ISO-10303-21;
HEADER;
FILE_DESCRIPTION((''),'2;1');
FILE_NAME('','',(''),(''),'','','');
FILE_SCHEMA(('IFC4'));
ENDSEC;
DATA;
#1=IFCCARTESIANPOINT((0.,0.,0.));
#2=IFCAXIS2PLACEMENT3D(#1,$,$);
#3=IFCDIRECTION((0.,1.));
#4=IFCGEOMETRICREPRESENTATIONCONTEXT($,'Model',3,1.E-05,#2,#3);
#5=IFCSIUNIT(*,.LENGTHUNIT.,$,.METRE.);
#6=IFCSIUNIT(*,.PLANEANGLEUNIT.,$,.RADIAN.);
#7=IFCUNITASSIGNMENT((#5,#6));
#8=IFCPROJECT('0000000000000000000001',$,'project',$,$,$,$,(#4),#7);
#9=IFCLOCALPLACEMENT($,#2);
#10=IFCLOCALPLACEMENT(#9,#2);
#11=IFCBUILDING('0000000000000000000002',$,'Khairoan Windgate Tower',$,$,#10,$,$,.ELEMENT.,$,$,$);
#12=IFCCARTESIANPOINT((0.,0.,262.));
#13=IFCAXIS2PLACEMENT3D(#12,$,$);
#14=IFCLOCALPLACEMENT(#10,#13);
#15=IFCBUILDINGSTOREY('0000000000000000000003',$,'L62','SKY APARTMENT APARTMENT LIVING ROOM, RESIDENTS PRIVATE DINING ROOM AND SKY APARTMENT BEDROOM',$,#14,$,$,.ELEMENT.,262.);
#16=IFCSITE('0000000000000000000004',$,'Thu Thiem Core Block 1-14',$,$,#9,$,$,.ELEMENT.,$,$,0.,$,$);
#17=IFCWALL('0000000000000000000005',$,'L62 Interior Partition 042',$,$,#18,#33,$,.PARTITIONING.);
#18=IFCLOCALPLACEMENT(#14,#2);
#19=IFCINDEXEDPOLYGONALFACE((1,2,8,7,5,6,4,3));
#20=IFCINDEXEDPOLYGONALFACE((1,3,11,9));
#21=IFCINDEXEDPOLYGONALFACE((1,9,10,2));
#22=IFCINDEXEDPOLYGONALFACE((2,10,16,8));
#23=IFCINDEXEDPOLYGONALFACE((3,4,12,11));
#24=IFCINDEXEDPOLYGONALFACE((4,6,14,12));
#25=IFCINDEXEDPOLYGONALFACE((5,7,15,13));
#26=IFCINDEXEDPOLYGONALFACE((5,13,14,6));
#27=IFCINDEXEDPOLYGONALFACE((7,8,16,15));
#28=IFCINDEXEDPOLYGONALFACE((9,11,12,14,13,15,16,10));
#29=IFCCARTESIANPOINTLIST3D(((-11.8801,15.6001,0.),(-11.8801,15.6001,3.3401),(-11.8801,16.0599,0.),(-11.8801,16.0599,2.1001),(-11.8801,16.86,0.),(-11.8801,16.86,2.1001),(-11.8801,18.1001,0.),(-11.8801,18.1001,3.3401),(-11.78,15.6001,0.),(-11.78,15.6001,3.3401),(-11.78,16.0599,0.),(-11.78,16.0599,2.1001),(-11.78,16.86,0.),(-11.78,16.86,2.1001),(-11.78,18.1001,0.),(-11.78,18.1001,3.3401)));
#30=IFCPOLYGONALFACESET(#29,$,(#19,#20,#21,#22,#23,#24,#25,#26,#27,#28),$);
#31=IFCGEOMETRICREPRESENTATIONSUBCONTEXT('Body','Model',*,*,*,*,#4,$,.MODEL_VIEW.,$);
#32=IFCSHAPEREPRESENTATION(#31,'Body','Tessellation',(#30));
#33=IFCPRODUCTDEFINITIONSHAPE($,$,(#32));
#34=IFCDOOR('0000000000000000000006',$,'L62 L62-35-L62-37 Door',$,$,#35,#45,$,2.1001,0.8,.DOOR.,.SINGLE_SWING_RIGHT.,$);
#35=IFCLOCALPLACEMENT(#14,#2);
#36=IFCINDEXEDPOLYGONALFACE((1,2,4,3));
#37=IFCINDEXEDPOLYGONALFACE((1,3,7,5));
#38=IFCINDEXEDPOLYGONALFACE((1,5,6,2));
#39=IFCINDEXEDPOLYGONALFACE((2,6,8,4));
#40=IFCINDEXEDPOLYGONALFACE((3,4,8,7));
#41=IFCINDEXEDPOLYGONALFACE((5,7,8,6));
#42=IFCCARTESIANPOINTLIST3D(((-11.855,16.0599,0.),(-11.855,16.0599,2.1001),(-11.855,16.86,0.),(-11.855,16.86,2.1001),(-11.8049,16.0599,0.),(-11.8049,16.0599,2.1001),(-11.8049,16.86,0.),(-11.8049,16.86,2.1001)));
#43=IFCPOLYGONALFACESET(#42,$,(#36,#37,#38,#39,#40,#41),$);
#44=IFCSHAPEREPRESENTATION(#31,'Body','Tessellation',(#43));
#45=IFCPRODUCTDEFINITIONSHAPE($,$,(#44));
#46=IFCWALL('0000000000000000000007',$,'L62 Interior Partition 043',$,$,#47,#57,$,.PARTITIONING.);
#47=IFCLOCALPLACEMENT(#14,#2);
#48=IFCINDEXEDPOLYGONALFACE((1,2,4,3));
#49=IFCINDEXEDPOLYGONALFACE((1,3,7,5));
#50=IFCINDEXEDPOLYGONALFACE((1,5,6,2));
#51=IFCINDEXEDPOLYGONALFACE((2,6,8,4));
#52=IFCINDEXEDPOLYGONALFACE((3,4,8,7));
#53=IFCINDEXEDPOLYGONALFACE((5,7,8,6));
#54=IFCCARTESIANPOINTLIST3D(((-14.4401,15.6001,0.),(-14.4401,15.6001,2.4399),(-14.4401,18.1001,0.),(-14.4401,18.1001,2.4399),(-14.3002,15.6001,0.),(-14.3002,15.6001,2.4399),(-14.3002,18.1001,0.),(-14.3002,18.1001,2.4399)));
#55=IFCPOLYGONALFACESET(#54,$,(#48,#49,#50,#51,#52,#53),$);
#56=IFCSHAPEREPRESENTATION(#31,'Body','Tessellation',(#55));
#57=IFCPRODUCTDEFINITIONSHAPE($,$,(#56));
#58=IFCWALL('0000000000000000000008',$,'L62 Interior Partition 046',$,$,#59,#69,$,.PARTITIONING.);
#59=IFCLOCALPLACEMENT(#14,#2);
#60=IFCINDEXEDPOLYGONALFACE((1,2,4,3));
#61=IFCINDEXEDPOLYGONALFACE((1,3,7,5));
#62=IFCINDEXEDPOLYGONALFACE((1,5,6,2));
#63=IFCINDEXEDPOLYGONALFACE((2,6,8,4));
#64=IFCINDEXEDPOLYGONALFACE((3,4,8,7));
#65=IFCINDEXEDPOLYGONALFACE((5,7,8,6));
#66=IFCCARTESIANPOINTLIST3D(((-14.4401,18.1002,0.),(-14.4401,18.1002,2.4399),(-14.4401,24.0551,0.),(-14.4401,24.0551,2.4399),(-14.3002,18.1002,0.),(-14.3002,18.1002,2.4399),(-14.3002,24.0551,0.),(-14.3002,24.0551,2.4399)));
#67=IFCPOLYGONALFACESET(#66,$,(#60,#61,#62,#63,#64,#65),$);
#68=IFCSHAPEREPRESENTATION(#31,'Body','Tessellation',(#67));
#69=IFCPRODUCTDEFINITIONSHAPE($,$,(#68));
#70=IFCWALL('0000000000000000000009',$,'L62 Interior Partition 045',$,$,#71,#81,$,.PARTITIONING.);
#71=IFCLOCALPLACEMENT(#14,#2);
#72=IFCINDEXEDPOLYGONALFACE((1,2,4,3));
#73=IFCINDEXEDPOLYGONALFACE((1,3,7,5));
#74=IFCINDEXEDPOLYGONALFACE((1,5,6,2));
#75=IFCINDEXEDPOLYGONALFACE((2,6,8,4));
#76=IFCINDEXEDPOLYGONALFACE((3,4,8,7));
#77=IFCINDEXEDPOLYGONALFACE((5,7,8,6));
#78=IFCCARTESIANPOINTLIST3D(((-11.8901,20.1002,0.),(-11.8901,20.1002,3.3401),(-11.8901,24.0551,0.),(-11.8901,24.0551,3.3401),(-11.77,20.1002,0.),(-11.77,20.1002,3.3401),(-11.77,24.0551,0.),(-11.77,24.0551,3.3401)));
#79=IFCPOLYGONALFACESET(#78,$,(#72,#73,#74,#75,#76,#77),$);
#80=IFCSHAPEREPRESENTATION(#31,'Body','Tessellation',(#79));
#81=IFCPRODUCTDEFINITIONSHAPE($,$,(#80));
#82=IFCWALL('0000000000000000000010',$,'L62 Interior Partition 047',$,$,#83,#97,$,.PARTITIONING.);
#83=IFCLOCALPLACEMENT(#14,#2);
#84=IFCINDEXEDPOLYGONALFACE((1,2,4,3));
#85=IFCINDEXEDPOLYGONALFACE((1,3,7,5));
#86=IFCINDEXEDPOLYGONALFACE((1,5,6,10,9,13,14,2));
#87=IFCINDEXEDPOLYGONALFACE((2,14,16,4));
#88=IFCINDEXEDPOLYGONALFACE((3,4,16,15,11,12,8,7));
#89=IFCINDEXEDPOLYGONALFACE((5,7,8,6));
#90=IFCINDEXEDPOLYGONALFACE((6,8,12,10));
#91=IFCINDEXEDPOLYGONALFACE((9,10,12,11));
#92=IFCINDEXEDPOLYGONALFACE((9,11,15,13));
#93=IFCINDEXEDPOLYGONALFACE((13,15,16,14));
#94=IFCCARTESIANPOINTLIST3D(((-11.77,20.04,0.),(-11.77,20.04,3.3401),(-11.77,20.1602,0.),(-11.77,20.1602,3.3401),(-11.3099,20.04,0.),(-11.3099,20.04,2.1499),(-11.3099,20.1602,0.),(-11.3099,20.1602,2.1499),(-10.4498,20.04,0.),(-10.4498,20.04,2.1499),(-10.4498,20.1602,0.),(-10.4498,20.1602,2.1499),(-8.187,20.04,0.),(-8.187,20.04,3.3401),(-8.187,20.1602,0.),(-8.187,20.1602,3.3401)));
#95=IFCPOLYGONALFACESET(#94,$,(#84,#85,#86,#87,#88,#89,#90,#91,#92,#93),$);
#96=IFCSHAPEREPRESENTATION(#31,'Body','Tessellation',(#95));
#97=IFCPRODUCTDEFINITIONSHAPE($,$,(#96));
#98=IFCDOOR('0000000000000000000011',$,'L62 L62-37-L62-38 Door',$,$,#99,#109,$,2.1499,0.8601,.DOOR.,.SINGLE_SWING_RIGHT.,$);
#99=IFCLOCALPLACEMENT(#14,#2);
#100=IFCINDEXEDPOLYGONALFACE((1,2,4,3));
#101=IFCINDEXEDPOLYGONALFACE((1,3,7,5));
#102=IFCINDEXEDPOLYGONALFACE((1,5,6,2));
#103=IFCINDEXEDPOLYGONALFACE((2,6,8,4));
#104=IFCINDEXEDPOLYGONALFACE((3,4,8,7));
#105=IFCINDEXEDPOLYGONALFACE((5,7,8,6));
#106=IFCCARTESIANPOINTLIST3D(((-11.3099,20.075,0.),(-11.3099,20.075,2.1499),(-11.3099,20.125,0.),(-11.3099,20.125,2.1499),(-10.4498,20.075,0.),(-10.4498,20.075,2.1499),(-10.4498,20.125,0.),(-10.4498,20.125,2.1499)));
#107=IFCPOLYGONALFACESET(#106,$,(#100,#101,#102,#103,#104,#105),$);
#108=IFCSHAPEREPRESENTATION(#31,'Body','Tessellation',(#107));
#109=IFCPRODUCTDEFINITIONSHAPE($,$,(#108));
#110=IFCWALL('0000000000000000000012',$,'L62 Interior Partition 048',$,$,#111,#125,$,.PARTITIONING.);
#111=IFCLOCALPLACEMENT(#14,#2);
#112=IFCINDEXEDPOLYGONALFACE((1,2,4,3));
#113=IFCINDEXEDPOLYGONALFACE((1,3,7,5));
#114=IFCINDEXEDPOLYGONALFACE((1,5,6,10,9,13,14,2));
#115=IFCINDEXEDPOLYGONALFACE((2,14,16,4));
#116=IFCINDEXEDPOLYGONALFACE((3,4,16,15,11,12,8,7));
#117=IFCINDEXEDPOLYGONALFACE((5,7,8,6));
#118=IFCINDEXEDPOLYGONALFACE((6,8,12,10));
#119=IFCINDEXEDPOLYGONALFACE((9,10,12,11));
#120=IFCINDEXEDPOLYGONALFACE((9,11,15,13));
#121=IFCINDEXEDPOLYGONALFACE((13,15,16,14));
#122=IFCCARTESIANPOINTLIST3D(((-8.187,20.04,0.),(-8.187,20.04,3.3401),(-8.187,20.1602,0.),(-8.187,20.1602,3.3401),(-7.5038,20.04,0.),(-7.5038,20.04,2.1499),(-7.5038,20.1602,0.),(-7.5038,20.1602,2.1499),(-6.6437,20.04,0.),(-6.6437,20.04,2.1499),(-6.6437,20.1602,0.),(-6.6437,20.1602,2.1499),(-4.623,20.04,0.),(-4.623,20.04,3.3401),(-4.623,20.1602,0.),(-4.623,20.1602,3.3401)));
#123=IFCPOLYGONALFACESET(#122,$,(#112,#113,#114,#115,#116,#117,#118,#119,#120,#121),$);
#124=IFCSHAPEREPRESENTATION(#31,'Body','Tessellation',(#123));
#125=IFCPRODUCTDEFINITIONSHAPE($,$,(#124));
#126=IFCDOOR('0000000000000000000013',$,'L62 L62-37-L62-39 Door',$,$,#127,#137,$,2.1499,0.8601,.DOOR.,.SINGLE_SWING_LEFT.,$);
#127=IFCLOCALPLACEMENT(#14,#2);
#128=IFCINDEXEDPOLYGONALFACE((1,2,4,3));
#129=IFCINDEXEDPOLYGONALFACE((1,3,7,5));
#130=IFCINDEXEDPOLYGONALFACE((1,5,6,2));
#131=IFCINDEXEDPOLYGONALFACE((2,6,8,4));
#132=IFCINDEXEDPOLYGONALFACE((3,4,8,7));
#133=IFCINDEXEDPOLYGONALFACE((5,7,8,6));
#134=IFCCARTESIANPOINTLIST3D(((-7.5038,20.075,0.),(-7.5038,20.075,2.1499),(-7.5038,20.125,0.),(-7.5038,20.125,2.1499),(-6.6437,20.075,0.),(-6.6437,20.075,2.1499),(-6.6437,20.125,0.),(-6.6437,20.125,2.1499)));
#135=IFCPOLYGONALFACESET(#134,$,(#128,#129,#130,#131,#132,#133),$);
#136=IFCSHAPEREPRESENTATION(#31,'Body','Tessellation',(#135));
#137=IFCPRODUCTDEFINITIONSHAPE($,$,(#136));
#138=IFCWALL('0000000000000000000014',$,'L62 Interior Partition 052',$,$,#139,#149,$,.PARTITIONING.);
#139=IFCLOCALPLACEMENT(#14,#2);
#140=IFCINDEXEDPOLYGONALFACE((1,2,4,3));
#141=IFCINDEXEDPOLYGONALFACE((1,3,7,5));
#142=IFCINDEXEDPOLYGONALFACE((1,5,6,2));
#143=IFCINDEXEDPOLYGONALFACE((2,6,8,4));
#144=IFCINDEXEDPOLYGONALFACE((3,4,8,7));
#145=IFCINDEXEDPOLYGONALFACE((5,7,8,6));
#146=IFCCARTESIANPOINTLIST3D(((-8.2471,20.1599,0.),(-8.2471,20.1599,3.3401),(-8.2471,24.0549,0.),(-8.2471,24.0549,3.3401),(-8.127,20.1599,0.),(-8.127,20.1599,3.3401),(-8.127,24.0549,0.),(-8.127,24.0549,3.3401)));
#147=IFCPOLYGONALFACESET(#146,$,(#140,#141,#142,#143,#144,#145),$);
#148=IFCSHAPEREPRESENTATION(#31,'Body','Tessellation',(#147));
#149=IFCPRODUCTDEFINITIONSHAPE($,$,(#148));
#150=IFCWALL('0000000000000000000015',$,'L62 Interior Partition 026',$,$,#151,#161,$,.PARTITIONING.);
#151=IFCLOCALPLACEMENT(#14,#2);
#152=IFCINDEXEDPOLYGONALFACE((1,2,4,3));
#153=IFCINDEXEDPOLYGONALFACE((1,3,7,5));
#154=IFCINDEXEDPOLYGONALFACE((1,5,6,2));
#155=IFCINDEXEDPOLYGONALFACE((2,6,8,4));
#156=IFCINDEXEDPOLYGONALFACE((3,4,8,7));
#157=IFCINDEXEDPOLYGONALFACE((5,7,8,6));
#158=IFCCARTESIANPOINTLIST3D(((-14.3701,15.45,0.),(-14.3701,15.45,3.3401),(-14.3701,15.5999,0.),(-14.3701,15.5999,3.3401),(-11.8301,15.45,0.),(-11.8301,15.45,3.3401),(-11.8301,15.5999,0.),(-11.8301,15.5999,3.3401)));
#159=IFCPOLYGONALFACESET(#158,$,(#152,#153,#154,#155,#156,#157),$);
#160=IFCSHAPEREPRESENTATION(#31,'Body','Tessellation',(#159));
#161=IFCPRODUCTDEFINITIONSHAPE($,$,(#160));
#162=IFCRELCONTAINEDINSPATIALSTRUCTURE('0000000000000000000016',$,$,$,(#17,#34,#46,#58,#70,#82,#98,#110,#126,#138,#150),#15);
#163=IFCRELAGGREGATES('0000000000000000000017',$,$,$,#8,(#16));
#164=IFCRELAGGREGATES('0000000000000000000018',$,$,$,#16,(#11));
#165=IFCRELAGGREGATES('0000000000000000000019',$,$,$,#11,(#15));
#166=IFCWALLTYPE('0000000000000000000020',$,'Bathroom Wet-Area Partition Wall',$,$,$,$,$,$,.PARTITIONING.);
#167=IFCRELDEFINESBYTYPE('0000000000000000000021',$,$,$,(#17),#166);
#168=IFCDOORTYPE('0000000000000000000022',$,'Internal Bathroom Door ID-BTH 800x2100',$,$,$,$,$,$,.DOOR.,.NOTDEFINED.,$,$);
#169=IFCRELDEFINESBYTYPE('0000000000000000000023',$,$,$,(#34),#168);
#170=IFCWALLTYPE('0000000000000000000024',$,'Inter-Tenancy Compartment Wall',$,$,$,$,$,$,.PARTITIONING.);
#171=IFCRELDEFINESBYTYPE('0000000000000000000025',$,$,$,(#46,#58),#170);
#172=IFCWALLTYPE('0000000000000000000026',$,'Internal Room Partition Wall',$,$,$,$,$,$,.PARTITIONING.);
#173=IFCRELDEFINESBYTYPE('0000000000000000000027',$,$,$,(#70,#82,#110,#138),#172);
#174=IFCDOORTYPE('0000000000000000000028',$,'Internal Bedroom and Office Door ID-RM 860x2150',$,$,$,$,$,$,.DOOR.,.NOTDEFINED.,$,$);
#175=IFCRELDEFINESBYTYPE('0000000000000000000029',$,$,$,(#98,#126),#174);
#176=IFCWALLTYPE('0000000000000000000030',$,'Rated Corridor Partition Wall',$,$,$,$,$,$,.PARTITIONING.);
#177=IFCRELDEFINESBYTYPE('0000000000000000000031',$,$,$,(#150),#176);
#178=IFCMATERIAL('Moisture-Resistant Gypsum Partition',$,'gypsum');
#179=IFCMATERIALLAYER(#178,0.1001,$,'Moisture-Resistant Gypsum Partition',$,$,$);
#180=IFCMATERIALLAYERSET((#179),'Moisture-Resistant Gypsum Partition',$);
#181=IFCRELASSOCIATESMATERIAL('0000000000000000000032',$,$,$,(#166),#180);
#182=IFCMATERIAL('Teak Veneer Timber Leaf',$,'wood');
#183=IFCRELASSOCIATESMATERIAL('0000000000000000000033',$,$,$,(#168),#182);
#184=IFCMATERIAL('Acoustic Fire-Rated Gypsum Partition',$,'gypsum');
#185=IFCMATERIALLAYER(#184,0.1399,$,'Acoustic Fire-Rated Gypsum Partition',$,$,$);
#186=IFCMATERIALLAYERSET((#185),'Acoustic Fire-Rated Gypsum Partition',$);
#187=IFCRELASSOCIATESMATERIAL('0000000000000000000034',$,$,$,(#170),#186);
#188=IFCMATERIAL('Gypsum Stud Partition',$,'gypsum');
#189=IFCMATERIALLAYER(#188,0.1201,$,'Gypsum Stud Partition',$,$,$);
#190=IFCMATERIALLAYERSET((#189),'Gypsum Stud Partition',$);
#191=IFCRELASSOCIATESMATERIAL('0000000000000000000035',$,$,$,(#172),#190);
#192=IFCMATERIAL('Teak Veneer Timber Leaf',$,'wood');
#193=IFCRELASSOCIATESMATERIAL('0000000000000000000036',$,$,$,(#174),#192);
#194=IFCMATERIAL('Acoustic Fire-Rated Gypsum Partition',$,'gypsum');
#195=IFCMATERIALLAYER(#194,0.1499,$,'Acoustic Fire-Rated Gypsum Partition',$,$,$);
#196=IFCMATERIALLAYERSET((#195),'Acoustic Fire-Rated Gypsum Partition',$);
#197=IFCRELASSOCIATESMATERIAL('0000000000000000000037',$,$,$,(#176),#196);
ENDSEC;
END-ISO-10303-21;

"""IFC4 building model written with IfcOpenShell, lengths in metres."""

from ifc_helpers import new_model, si_unit, direction, frame, frame_2d, origin, place, context, subcontext, project, spatial, rectangle, extrude, material, layer, layer_set, type_object, element, fill, save


model = new_model("IFC4")

# Units and contexts
model_context = context("Model", 3, precision=1e-05, world=origin(), true_north=direction((0.0, 1.0)))
body_context = subcontext(model_context, "Body", "Model", "MODEL_VIEW")
ifc_project = project(units=[si_unit("LENGTHUNIT", "METRE"), si_unit("PLANEANGLEUNIT", "RADIAN")], contexts=[model_context])

# Site, building, storey
site_placement = place(None, origin())
site = spatial("IfcSite", under=ifc_project, at=site_placement, Name="Thu Thiem Core Block 1-14", CompositionType="ELEMENT", RefElevation=0.0)
building_placement = place(site_placement, origin())
building = spatial("IfcBuilding", under=site, at=building_placement, Name="Khairoan Windgate Tower", CompositionType="ELEMENT")
storey_placement = place(building_placement, frame((0.0, 0.0, 262.0)))
storey = spatial("IfcBuildingStorey", under=building, at=storey_placement, Name="L62", Description="SKY APARTMENT APARTMENT LIVING ROOM, RESIDENTS PRIVATE DINING ROOM AND SKY APARTMENT BEDROOM", CompositionType="ELEMENT", Elevation=262.0)

# Shared definitions
ifc_material_1 = material(Name="Moisture-Resistant Gypsum Partition", Category="gypsum")
ifc_layer_1 = layer(ifc_material_1, 0.1001, Name="Moisture-Resistant Gypsum Partition")
ifc_layer_set_1 = layer_set([ifc_layer_1], Name="Moisture-Resistant Gypsum Partition")
wall_type_1 = type_object("IfcWallType", Name="Bathroom Wet-Area Partition Wall", PredefinedType="PARTITIONING", material=ifc_layer_set_1)

# Wall, opening, door
wall_1_placement = place(storey_placement, frame((-11.8301, 15.6001, 0.0), z_axis=(0.0, 0.0, 1.0), x_axis=(0.0, 1.0, 0.0)))
wall_1 = element("IfcWall", 1, at=wall_1_placement, inside=storey, type_object=wall_type_1, Name="L62 Interior Partition 042", PredefinedType="PARTITIONING", context=body_context, shape_type="SweptSolid", body=[
    extrude(rectangle(XDim=2.5, YDim=0.1001, at=frame_2d((1.25, 0.0))), origin(), (0.0, 0.0, 1.0), 3.3401),
])
opening_1_placement = place(wall_1_placement, frame((0.46, 0.0, 0.0)))
opening_1 = element("IfcOpeningElement", 2, at=opening_1_placement, cuts=wall_1, PredefinedType="OPENING", context=body_context, shape_type="SweptSolid", body=[
    extrude(rectangle(XDim=0.8, YDim=2.1001, at=frame_2d((0.3999, 1.05))), frame((0.0, 0.0601, 0.0), z_axis=(0.0, -1.0, 0.0), x_axis=(1.0, 0.0, 0.0)), (0.0, 0.0, 1.0), 0.1201),
])
ifc_material_2 = material(Name="Teak Veneer Timber Leaf", Category="wood")
door_type_1 = type_object("IfcDoorType", Name="Internal Bathroom Door ID-BTH 800x2100", OperationType="NOTDEFINED", PredefinedType="DOOR", material=ifc_material_2)
door_1_placement = place(opening_1_placement, origin())
door_1 = element("IfcDoor", 3, at=door_1_placement, inside=storey, type_object=door_type_1, Name="L62 L62-35-L62-37 Door", OperationType="SINGLE_SWING_RIGHT", OverallHeight=2.1001, OverallWidth=0.8, PredefinedType="DOOR", context=body_context, shape_type="SweptSolid", body=[
    extrude(rectangle(XDim=0.8, YDim=2.1001, at=frame_2d((0.3999, 1.05))), frame((0.0, 0.0249, 0.0), z_axis=(0.0, -1.0, 0.0), x_axis=(1.0, 0.0, 0.0)), (0.0, 0.0, 1.0), 0.05),
])
fill(opening_1, door_1)

# Walls
ifc_material_3 = material(Name="Acoustic Fire-Rated Gypsum Partition", Category="gypsum")
ifc_layer_2 = layer(ifc_material_3, 0.1399, Name="Acoustic Fire-Rated Gypsum Partition")
ifc_layer_set_2 = layer_set([ifc_layer_2], Name="Acoustic Fire-Rated Gypsum Partition")
wall_type_2 = type_object("IfcWallType", Name="Inter-Tenancy Compartment Wall", PredefinedType="PARTITIONING", material=ifc_layer_set_2)
wall_2_placement = place(storey_placement, frame((-14.3701, 15.6001, 0.0), z_axis=(0.0, 0.0, 1.0), x_axis=(0.0, 1.0, 0.0)))
element("IfcWall", 4, at=wall_2_placement, inside=storey, type_object=wall_type_2, Name="L62 Interior Partition 043", PredefinedType="PARTITIONING", context=body_context, shape_type="SweptSolid", body=[
    extrude(rectangle(XDim=2.5, YDim=0.1399, at=frame_2d((1.25, 0.0))), origin(), (0.0, 0.0, 1.0), 2.4399),
])
wall_3_placement = place(storey_placement, frame((-14.3701, 18.1001, 0.0), z_axis=(0.0, 0.0, 1.0), x_axis=(0.0, 1.0, 0.0)))
element("IfcWall", 5, at=wall_3_placement, inside=storey, type_object=wall_type_2, Name="L62 Interior Partition 046", PredefinedType="PARTITIONING", context=body_context, shape_type="SweptSolid", body=[
    extrude(rectangle(XDim=5.9548, YDim=0.1399, at=frame_2d((2.9775, 0.0))), origin(), (0.0, 0.0, 1.0), 2.4399),
])

# Shared definitions
ifc_material_4 = material(Name="Gypsum Stud Partition", Category="gypsum")
ifc_layer_3 = layer(ifc_material_4, 0.1201, Name="Gypsum Stud Partition")
ifc_layer_set_3 = layer_set([ifc_layer_3], Name="Gypsum Stud Partition")
wall_type_3 = type_object("IfcWallType", Name="Internal Room Partition Wall", PredefinedType="PARTITIONING", material=ifc_layer_set_3)
ifc_material_5 = material(Name="Teak Veneer Timber Leaf", Category="wood")
door_type_2 = type_object("IfcDoorType", Name="Internal Bedroom and Office Door ID-RM 860x2150", OperationType="NOTDEFINED", PredefinedType="DOOR", material=ifc_material_5)

# Wall
wall_4_placement = place(storey_placement, frame((-11.8301, 20.1001, 0.0), z_axis=(0.0, 0.0, 1.0), x_axis=(0.0, 1.0, 0.0)))
element("IfcWall", 6, at=wall_4_placement, inside=storey, type_object=wall_type_3, Name="L62 Interior Partition 045", PredefinedType="PARTITIONING", context=body_context, shape_type="SweptSolid", body=[
    extrude(rectangle(XDim=3.9548, YDim=0.1201, at=frame_2d((1.9775, 0.0))), origin(), (0.0, 0.0, 1.0), 3.3401),
])

# Walls, openings, doors
wall_5_placement = place(storey_placement, frame((-11.77, 20.1001, 0.0), z_axis=(0.0, 0.0, 1.0), x_axis=(1.0, 0.0, 0.0)))
wall_5 = element("IfcWall", 7, at=wall_5_placement, inside=storey, type_object=wall_type_3, Name="L62 Interior Partition 047", PredefinedType="PARTITIONING", context=body_context, shape_type="SweptSolid", body=[
    extrude(rectangle(XDim=3.583, YDim=0.1201, at=frame_2d((1.7915, 0.0))), origin(), (0.0, 0.0, 1.0), 3.3401),
])
opening_2_placement = place(wall_5_placement, frame((0.46, 0.0, 0.0)))
opening_2 = element("IfcOpeningElement", 8, at=opening_2_placement, cuts=wall_5, PredefinedType="OPENING", context=body_context, shape_type="SweptSolid", body=[
    extrude(rectangle(XDim=0.8601, YDim=2.1499, at=frame_2d((0.4302, 1.075))), frame((0.0, 0.0701, 0.0), z_axis=(0.0, -1.0, 0.0), x_axis=(1.0, 0.0, 0.0)), (0.0, 0.0, 1.0), 0.1401),
])
door_2_placement = place(opening_2_placement, origin())
door_2 = element("IfcDoor", 9, at=door_2_placement, inside=storey, type_object=door_type_2, Name="L62 L62-37-L62-38 Door", OperationType="SINGLE_SWING_RIGHT", OverallHeight=2.1499, OverallWidth=0.8601, PredefinedType="DOOR", context=body_context, shape_type="SweptSolid", body=[
    extrude(rectangle(XDim=0.8601, YDim=2.1499, at=frame_2d((0.4302, 1.075))), frame((0.0, 0.0249, 0.0), z_axis=(0.0, -1.0, 0.0), x_axis=(1.0, 0.0, 0.0)), (0.0, 0.0, 1.0), 0.05),
])
fill(opening_2, door_2)
wall_6_placement = place(storey_placement, frame((-8.187, 20.1001, 0.0), z_axis=(0.0, 0.0, 1.0), x_axis=(1.0, 0.0, 0.0)))
wall_6 = element("IfcWall", 10, at=wall_6_placement, inside=storey, type_object=wall_type_3, Name="L62 Interior Partition 048", PredefinedType="PARTITIONING", context=body_context, shape_type="SweptSolid", body=[
    extrude(rectangle(XDim=3.564, YDim=0.1201, at=frame_2d((1.782, 0.0))), origin(), (0.0, 0.0, 1.0), 3.3401),
])
opening_3_placement = place(wall_6_placement, frame((0.6831, 0.0, 0.0)))
opening_3 = element("IfcOpeningElement", 11, at=opening_3_placement, cuts=wall_6, PredefinedType="OPENING", context=body_context, shape_type="SweptSolid", body=[
    extrude(rectangle(XDim=0.8601, YDim=2.1499, at=frame_2d((0.4302, 1.075))), frame((0.0, 0.0701, 0.0), z_axis=(0.0, -1.0, 0.0), x_axis=(1.0, 0.0, 0.0)), (0.0, 0.0, 1.0), 0.1401),
])
door_3_placement = place(opening_3_placement, origin())
door_3 = element("IfcDoor", 12, at=door_3_placement, inside=storey, type_object=door_type_2, Name="L62 L62-37-L62-39 Door", OperationType="SINGLE_SWING_LEFT", OverallHeight=2.1499, OverallWidth=0.8601, PredefinedType="DOOR", context=body_context, shape_type="SweptSolid", body=[
    extrude(rectangle(XDim=0.8601, YDim=2.1499, at=frame_2d((0.4302, 1.075))), frame((0.0, 0.0249, 0.0), z_axis=(0.0, -1.0, 0.0), x_axis=(1.0, 0.0, 0.0)), (0.0, 0.0, 1.0), 0.05),
])
fill(opening_3, door_3)

# Walls
wall_7_placement = place(storey_placement, frame((-8.187, 20.1599, 0.0), z_axis=(0.0, 0.0, 1.0), x_axis=(0.0, 1.0, 0.0)))
element("IfcWall", 13, at=wall_7_placement, inside=storey, type_object=wall_type_3, Name="L62 Interior Partition 052", PredefinedType="PARTITIONING", context=body_context, shape_type="SweptSolid", body=[
    extrude(rectangle(XDim=3.895, YDim=0.1201, at=frame_2d((1.9475, 0.0))), origin(), (0.0, 0.0, 1.0), 3.3401),
])
ifc_material_6 = material(Name="Acoustic Fire-Rated Gypsum Partition", Category="gypsum")
ifc_layer_4 = layer(ifc_material_6, 0.1499, Name="Acoustic Fire-Rated Gypsum Partition")
ifc_layer_set_4 = layer_set([ifc_layer_4], Name="Acoustic Fire-Rated Gypsum Partition")
wall_type_4 = type_object("IfcWallType", Name="Rated Corridor Partition Wall", PredefinedType="PARTITIONING", material=ifc_layer_set_4)
wall_8_placement = place(storey_placement, frame((-14.3701, 15.5249, 0.0), z_axis=(0.0, 0.0, 1.0), x_axis=(1.0, 0.0, 0.0)))
element("IfcWall", 14, at=wall_8_placement, inside=storey, type_object=wall_type_4, Name="L62 Interior Partition 026", PredefinedType="PARTITIONING", context=body_context, shape_type="SweptSolid", body=[
    extrude(rectangle(XDim=2.54, YDim=0.1499, at=frame_2d((1.27, 0.0))), origin(), (0.0, 0.0, 1.0), 3.3401),
])

save(model, "model.ifc")
